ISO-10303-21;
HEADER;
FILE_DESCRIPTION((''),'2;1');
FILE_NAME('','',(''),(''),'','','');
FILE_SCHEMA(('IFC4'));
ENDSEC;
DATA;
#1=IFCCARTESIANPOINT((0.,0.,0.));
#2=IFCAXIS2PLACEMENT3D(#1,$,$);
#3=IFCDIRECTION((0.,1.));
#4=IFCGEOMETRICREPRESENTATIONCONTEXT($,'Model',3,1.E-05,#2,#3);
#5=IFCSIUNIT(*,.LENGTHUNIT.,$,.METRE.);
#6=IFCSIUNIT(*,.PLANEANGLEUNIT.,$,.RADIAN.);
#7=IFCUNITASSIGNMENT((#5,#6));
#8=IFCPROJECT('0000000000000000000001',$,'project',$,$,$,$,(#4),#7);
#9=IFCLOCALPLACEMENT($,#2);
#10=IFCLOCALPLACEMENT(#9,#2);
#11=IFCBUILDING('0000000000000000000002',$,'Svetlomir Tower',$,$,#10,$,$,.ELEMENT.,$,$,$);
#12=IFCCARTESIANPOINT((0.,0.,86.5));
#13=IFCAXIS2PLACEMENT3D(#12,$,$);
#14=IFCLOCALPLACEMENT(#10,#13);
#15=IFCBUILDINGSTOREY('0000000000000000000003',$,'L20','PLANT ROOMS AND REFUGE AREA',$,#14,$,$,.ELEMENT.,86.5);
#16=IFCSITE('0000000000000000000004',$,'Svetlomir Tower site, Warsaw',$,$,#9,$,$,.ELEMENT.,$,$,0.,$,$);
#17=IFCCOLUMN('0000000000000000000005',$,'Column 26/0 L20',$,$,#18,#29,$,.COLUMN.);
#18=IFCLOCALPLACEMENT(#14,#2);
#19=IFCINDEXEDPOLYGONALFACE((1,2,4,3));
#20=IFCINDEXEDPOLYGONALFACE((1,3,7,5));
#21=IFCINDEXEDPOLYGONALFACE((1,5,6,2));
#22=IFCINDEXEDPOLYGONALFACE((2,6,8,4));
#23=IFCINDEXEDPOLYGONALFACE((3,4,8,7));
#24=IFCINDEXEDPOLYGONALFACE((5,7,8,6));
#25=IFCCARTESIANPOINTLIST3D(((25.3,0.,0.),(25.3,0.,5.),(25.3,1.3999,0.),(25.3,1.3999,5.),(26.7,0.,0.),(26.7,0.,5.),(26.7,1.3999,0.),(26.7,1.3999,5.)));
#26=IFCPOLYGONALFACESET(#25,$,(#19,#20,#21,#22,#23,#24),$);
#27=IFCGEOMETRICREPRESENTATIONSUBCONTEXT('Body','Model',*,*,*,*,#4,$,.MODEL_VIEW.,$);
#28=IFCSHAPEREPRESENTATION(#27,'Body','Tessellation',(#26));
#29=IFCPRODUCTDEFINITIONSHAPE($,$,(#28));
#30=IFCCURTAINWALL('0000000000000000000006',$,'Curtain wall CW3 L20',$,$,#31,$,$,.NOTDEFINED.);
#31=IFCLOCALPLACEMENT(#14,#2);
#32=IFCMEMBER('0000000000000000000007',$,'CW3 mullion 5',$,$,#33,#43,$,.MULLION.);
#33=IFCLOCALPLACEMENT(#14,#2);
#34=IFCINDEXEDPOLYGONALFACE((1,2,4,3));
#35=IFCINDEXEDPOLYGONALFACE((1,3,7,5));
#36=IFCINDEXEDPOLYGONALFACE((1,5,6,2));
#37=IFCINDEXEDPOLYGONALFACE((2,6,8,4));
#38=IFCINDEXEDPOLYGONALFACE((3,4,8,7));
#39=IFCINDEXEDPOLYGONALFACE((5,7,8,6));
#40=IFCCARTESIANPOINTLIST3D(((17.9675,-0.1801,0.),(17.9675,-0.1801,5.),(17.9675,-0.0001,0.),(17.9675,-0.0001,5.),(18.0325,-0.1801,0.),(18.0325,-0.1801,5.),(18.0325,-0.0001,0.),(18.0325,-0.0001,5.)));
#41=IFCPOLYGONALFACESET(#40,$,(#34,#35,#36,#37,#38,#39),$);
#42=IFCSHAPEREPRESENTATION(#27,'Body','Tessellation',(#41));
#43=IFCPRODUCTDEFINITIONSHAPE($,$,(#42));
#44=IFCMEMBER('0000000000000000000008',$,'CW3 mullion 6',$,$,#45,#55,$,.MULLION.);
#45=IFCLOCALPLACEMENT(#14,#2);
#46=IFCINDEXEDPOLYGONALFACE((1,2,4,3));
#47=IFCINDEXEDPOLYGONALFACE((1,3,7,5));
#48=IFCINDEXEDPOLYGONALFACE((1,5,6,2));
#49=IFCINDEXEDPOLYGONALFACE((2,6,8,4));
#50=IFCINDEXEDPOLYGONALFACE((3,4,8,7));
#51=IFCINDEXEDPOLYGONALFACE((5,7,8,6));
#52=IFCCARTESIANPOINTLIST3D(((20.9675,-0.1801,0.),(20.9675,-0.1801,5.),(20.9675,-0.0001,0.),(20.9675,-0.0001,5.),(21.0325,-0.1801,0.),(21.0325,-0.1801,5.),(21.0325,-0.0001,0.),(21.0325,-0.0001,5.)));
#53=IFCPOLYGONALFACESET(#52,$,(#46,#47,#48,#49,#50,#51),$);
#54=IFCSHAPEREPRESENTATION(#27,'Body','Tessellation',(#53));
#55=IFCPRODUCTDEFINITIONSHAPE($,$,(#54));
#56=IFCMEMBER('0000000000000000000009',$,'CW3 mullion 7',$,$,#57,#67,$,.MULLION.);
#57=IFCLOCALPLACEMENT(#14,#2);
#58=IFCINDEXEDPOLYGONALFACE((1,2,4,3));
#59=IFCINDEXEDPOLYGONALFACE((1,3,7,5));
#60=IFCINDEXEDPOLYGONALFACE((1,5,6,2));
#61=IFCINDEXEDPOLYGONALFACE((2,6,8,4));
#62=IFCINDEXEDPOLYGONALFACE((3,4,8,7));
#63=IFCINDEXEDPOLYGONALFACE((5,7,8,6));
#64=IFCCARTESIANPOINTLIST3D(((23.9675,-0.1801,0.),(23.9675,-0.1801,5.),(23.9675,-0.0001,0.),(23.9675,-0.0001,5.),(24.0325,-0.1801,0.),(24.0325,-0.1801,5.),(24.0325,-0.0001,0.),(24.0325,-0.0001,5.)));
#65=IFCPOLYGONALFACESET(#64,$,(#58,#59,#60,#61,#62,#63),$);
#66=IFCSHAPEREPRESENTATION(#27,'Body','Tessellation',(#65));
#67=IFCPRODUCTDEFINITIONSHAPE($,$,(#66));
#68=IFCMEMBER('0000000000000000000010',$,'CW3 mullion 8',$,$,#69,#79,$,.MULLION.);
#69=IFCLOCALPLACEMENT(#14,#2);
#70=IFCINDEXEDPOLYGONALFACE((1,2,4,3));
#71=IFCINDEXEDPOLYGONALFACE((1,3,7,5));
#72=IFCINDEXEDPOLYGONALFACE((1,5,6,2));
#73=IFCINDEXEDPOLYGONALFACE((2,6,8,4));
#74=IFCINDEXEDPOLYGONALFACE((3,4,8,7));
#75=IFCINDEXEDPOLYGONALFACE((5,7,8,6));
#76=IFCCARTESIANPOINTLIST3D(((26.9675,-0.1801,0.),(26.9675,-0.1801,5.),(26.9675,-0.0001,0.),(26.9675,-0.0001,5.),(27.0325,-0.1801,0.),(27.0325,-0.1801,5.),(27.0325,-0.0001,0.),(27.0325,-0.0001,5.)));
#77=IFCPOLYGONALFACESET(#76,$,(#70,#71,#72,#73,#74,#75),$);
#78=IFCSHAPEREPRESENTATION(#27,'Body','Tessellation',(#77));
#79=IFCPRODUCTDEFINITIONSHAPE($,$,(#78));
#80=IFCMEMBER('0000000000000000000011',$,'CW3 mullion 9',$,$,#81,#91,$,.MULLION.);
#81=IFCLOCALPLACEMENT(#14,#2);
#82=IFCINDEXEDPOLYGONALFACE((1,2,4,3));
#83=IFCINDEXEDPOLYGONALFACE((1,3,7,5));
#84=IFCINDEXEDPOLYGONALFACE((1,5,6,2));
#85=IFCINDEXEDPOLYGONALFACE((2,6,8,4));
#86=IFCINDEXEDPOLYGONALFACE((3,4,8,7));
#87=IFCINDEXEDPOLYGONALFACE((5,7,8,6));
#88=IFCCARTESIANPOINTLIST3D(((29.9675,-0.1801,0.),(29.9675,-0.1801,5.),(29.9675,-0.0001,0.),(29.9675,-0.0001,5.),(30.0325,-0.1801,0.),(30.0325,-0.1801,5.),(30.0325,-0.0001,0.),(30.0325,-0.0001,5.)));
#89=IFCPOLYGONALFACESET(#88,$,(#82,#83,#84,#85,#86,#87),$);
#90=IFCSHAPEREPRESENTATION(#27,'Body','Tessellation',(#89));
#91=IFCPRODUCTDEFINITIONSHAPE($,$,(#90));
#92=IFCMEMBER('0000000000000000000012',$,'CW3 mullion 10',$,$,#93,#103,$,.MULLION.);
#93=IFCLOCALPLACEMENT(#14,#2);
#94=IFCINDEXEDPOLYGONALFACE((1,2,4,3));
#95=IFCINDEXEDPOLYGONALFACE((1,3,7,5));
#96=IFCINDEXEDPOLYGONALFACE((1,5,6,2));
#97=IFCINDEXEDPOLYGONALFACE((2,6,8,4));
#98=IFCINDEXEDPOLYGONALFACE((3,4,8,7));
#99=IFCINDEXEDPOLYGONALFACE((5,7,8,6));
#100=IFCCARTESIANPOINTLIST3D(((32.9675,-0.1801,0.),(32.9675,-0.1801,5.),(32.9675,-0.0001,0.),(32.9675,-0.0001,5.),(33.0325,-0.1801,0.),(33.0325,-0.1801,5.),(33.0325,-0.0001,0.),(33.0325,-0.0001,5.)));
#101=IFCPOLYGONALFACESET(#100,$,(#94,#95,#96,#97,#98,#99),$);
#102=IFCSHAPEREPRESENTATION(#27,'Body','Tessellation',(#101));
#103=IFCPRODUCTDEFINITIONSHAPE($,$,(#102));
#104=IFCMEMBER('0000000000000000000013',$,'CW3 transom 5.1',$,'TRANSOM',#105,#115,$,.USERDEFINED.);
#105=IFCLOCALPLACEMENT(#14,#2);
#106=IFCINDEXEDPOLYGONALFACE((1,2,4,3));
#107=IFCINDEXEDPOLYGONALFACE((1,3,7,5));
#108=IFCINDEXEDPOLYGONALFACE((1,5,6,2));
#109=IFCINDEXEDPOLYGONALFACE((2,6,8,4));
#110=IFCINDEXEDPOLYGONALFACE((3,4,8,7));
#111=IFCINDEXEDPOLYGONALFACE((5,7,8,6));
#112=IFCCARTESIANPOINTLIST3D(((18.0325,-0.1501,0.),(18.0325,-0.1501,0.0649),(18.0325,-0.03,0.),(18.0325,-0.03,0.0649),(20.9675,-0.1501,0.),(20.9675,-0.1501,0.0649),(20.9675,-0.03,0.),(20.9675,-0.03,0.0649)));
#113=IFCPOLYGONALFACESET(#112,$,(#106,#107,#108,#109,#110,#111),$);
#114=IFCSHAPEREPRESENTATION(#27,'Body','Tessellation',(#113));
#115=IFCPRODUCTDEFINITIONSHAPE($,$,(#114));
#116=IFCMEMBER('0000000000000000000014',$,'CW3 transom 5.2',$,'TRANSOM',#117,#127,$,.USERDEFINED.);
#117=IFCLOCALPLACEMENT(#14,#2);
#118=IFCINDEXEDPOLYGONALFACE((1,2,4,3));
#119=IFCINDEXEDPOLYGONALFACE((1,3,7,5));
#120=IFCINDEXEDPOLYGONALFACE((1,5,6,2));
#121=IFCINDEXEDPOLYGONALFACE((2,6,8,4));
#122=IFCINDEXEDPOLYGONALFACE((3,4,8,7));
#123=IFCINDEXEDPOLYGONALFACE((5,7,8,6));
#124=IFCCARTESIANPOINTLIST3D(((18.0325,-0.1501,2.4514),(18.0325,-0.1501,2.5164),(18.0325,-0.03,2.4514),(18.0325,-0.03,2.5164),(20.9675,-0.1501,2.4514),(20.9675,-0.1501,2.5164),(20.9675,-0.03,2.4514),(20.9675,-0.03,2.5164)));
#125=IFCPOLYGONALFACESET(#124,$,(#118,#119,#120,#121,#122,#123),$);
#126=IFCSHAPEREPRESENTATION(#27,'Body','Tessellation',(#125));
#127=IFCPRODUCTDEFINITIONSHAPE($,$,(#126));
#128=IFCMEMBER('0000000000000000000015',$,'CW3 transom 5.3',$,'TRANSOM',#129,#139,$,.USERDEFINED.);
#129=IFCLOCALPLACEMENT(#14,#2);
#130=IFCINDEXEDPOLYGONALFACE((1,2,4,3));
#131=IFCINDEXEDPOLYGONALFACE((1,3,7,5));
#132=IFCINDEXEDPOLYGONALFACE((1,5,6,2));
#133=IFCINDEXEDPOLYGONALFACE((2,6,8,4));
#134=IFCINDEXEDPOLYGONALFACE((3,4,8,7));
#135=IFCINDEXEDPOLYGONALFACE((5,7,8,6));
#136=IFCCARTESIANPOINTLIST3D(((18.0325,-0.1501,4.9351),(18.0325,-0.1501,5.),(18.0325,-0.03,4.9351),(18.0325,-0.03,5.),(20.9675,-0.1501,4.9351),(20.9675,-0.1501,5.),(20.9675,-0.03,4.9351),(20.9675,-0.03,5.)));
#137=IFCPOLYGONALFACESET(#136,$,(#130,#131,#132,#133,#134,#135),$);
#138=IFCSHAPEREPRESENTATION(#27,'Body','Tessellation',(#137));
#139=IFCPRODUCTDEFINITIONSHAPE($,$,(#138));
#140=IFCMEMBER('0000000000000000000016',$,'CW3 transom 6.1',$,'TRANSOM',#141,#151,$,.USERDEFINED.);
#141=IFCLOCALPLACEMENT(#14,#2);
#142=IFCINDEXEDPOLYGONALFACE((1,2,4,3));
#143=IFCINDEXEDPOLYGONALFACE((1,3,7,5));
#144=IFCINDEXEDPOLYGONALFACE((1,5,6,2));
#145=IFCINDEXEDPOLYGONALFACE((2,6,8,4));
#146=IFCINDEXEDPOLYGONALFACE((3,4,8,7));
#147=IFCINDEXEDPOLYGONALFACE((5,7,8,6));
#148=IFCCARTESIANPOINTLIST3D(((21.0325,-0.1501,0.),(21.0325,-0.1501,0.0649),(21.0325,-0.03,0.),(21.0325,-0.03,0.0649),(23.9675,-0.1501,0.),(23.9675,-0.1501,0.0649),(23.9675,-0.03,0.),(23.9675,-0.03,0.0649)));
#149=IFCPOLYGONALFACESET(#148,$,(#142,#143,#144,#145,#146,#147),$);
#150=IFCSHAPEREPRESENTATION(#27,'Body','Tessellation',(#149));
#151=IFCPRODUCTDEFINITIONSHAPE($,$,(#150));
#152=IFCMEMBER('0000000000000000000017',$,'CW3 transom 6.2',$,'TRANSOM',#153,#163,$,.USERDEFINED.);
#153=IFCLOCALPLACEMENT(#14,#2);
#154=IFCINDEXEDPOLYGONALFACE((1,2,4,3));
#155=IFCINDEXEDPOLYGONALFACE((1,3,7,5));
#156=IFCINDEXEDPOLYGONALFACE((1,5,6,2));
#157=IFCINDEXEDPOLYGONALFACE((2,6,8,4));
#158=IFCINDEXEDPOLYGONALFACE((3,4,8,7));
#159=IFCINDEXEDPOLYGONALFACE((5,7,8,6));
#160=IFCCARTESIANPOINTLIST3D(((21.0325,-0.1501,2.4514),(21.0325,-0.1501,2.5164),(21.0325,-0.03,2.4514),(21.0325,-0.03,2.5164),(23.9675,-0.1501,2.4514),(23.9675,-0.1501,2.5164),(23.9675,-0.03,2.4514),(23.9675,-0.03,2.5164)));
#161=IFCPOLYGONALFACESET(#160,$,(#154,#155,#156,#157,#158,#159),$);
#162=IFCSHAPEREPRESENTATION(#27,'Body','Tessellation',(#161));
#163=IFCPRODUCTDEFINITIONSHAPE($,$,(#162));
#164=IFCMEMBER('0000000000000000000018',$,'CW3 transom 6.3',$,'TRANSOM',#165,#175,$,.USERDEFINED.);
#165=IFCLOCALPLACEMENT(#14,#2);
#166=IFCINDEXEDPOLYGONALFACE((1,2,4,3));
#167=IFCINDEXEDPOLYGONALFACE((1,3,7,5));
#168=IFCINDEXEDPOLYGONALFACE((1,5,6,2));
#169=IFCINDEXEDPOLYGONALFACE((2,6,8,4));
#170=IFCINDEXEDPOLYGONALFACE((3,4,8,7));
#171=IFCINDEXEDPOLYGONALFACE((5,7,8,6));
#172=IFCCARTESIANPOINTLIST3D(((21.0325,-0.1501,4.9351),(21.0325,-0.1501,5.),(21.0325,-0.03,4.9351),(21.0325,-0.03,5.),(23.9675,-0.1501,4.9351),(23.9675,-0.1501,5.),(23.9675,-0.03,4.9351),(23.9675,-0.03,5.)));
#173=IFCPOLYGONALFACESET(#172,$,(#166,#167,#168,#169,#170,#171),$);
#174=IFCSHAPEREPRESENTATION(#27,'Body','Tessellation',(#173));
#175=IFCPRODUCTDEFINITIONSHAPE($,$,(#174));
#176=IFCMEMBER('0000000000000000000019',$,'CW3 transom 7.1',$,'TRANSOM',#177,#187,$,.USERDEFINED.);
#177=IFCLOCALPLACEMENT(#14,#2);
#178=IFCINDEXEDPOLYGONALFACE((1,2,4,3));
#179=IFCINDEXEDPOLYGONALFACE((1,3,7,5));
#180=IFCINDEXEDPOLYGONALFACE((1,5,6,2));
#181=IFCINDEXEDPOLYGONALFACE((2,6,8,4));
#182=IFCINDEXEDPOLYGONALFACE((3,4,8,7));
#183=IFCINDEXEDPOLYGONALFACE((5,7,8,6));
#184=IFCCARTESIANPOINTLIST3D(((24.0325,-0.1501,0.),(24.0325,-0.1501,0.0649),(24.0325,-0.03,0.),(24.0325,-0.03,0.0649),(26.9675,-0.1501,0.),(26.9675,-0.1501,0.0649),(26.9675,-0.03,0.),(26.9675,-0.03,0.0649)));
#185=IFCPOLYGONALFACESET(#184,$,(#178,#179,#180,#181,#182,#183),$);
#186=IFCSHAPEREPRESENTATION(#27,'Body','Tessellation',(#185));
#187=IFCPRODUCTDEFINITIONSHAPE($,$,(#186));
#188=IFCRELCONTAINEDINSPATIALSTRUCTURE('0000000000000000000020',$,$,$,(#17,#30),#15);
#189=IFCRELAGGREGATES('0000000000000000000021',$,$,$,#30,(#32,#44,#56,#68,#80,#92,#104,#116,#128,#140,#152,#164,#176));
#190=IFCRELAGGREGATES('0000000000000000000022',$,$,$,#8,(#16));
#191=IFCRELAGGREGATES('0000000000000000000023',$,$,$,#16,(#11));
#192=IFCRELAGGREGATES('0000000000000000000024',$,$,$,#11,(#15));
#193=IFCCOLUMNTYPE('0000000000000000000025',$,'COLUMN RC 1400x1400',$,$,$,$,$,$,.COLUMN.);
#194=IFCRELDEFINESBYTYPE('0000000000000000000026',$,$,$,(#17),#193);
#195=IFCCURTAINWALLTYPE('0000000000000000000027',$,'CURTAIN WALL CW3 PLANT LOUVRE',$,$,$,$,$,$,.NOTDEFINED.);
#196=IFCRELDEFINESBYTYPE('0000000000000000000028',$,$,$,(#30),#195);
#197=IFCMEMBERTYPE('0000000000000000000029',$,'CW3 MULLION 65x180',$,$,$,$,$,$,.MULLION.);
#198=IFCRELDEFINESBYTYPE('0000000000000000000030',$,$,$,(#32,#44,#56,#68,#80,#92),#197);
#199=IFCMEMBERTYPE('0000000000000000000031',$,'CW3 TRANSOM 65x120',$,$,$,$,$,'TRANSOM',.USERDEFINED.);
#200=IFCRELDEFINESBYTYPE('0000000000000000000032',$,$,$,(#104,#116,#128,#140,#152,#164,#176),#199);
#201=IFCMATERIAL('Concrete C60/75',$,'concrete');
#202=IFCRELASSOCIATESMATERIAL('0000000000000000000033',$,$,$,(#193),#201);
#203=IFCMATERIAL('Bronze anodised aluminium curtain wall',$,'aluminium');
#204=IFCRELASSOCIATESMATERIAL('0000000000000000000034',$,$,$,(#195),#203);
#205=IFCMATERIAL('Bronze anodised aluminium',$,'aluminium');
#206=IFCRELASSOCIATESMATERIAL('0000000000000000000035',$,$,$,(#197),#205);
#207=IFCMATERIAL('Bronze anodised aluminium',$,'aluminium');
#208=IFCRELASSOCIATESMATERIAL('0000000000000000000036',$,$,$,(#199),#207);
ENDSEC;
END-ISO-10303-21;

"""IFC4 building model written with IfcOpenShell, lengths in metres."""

from ifc_helpers import new_model, si_unit, direction, frame, origin, origin_2d, place, context, subcontext, project, spatial, rectangle, extrude, material, material_profile, profile_set, type_object, element, aggregate, save


model = new_model("IFC4")

# Units and contexts
model_context = context("Model", 3, precision=1e-05, world=origin(), true_north=direction((0.0, 1.0)))
body_context = subcontext(model_context, "Body", "Model", "MODEL_VIEW")
ifc_project = project(units=[si_unit("LENGTHUNIT", "METRE"), si_unit("PLANEANGLEUNIT", "RADIAN")], contexts=[model_context])

# Site, building, storey
site_placement = place(None, origin())
site = spatial("IfcSite", under=ifc_project, at=site_placement, Name="Svetlomir Tower site, Warsaw", CompositionType="ELEMENT", RefElevation=0.0)
building_placement = place(site_placement, origin())
building = spatial("IfcBuilding", under=site, at=building_placement, Name="Svetlomir Tower", CompositionType="ELEMENT")
storey_placement = place(building_placement, frame((0.0, 0.0, 86.5)))
storey = spatial("IfcBuildingStorey", under=building, at=storey_placement, Name="L20", Description="PLANT ROOMS AND REFUGE AREA", CompositionType="ELEMENT", Elevation=86.5)

# Column
ifc_material_1 = material(Name="Concrete C60/75", Category="concrete")
ifc_material_profile_1 = material_profile(ifc_material_1, rectangle(XDim=1.3999, YDim=1.3999, at=origin_2d()), Name="RC 1400x1400")
ifc_profile_set_1 = profile_set([ifc_material_profile_1], Name="Concrete C60/75")
column_type = type_object("IfcColumnType", Name="COLUMN RC 1400x1400", PredefinedType="COLUMN", material=ifc_profile_set_1)
column_placement = place(storey_placement, frame((26.0, 0.7, 0.0), z_axis=(0.0, 0.0, 1.0), x_axis=(1.0, 0.0, 0.0)))
element("IfcColumn", 1, at=column_placement, inside=storey, type_object=column_type, Name="Column 26/0 L20", PredefinedType="COLUMN", context=body_context, shape_type="SweptSolid", body=[
    extrude(rectangle(XDim=1.3999, YDim=1.3999, at=origin_2d()), origin(), (0.0, 0.0, 1.0), 5.0),
])

# Curtain wall, members
ifc_material_2 = material(Name="Bronze anodised aluminium curtain wall", Category="aluminium")
curtain_wall_type = type_object("IfcCurtainWallType", Name="CURTAIN WALL CW3 PLANT LOUVRE", PredefinedType="NOTDEFINED", material=ifc_material_2)
curtain_wall_placement = place(storey_placement, origin())
curtain_wall = element("IfcCurtainWall", 2, at=curtain_wall_placement, inside=storey, type_object=curtain_wall_type, Name="Curtain wall CW3 L20", PredefinedType="NOTDEFINED")
ifc_material_3 = material(Name="Bronze anodised aluminium", Category="aluminium")
ifc_material_profile_2 = material_profile(ifc_material_3, rectangle(XDim=0.0649, YDim=0.1799, at=origin_2d()), Name="AL 65x180")
ifc_profile_set_2 = profile_set([ifc_material_profile_2], Name="Bronze anodised aluminium 6063-T6")
member_type_1 = type_object("IfcMemberType", Name="CW3 MULLION 65x180", PredefinedType="MULLION", material=ifc_profile_set_2)
member_1_placement = place(storey_placement, frame((18.0, -0.0901, 0.0), z_axis=(0.0, 0.0, 1.0), x_axis=(1.0, 0.0, 0.0)))
member_1 = element("IfcMember", 3, at=member_1_placement, type_object=member_type_1, Name="CW3 mullion 5", PredefinedType="MULLION", context=body_context, shape_type="SweptSolid", body=[
    extrude(rectangle(XDim=0.0649, YDim=0.1799, at=origin_2d()), origin(), (0.0, 0.0, 1.0), 5.0),
])
member_2_placement = place(storey_placement, frame((21.0, -0.0901, 0.0), z_axis=(0.0, 0.0, 1.0), x_axis=(1.0, 0.0, 0.0)))
member_2 = element("IfcMember", 4, at=member_2_placement, type_object=member_type_1, Name="CW3 mullion 6", PredefinedType="MULLION", context=body_context, shape_type="SweptSolid", body=[
    extrude(rectangle(XDim=0.0649, YDim=0.1799, at=origin_2d()), origin(), (0.0, 0.0, 1.0), 5.0),
])
member_3_placement = place(storey_placement, frame((24.0, -0.0901, 0.0), z_axis=(0.0, 0.0, 1.0), x_axis=(1.0, 0.0, 0.0)))
member_3 = element("IfcMember", 5, at=member_3_placement, type_object=member_type_1, Name="CW3 mullion 7", PredefinedType="MULLION", context=body_context, shape_type="SweptSolid", body=[
    extrude(rectangle(XDim=0.0649, YDim=0.1799, at=origin_2d()), origin(), (0.0, 0.0, 1.0), 5.0),
])
member_4_placement = place(storey_placement, frame((27.0, -0.0901, 0.0), z_axis=(0.0, 0.0, 1.0), x_axis=(1.0, 0.0, 0.0)))
member_4 = element("IfcMember", 6, at=member_4_placement, type_object=member_type_1, Name="CW3 mullion 8", PredefinedType="MULLION", context=body_context, shape_type="SweptSolid", body=[
    extrude(rectangle(XDim=0.0649, YDim=0.1799, at=origin_2d()), origin(), (0.0, 0.0, 1.0), 5.0),
])
member_5_placement = place(storey_placement, frame((30.0, -0.0901, 0.0), z_axis=(0.0, 0.0, 1.0), x_axis=(1.0, 0.0, 0.0)))
member_5 = element("IfcMember", 7, at=member_5_placement, type_object=member_type_1, Name="CW3 mullion 9", PredefinedType="MULLION", context=body_context, shape_type="SweptSolid", body=[
    extrude(rectangle(XDim=0.0649, YDim=0.1799, at=origin_2d()), origin(), (0.0, 0.0, 1.0), 5.0),
])
member_6_placement = place(storey_placement, frame((33.0, -0.0901, 0.0), z_axis=(0.0, 0.0, 1.0), x_axis=(1.0, 0.0, 0.0)))
member_6 = element("IfcMember", 8, at=member_6_placement, type_object=member_type_1, Name="CW3 mullion 10", PredefinedType="MULLION", context=body_context, shape_type="SweptSolid", body=[
    extrude(rectangle(XDim=0.0649, YDim=0.1799, at=origin_2d()), origin(), (0.0, 0.0, 1.0), 5.0),
])
ifc_material_4 = material(Name="Bronze anodised aluminium", Category="aluminium")
ifc_material_profile_3 = material_profile(ifc_material_4, rectangle(XDim=0.1201, YDim=0.0649, at=origin_2d()), Name="AL 120x65")
ifc_profile_set_3 = profile_set([ifc_material_profile_3], Name="Bronze anodised aluminium 6063-T6")
member_type_2 = type_object("IfcMemberType", Name="CW3 TRANSOM 65x120", ElementType="TRANSOM", PredefinedType="USERDEFINED", material=ifc_profile_set_3)
member_7_placement = place(storey_placement, frame((18.0325, -0.0901, 0.0325), z_axis=(1.0, 0.0, 0.0), x_axis=(0.0, 1.0, 0.0)))
member_7 = element("IfcMember", 9, at=member_7_placement, type_object=member_type_2, Name="CW3 transom 5.1", ObjectType="TRANSOM", PredefinedType="USERDEFINED", context=body_context, shape_type="SweptSolid", body=[
    extrude(rectangle(XDim=0.1201, YDim=0.0649, at=origin_2d()), origin(), (0.0, 0.0, 1.0), 2.9351),
])
member_8_placement = place(storey_placement, frame((18.0325, -0.0901, 2.4839), z_axis=(1.0, 0.0, 0.0), x_axis=(0.0, 1.0, 0.0)))
member_8 = element("IfcMember", 10, at=member_8_placement, type_object=member_type_2, Name="CW3 transom 5.2", ObjectType="TRANSOM", PredefinedType="USERDEFINED", context=body_context, shape_type="SweptSolid", body=[
    extrude(rectangle(XDim=0.1201, YDim=0.0649, at=origin_2d()), origin(), (0.0, 0.0, 1.0), 2.9351),
])
member_9_placement = place(storey_placement, frame((18.0325, -0.0901, 4.9675), z_axis=(1.0, 0.0, 0.0), x_axis=(0.0, 1.0, 0.0)))
member_9 = element("IfcMember", 11, at=member_9_placement, type_object=member_type_2, Name="CW3 transom 5.3", ObjectType="TRANSOM", PredefinedType="USERDEFINED", context=body_context, shape_type="SweptSolid", body=[
    extrude(rectangle(XDim=0.1201, YDim=0.0649, at=origin_2d()), origin(), (0.0, 0.0, 1.0), 2.9351),
])
member_10_placement = place(storey_placement, frame((21.0325, -0.0901, 0.0325), z_axis=(1.0, 0.0, 0.0), x_axis=(0.0, 1.0, 0.0)))
member_10 = element("IfcMember", 12, at=member_10_placement, type_object=member_type_2, Name="CW3 transom 6.1", ObjectType="TRANSOM", PredefinedType="USERDEFINED", context=body_context, shape_type="SweptSolid", body=[
    extrude(rectangle(XDim=0.1201, YDim=0.0649, at=origin_2d()), origin(), (0.0, 0.0, 1.0), 2.9351),
])
member_11_placement = place(storey_placement, frame((21.0325, -0.0901, 2.4839), z_axis=(1.0, 0.0, 0.0), x_axis=(0.0, 1.0, 0.0)))
member_11 = element("IfcMember", 13, at=member_11_placement, type_object=member_type_2, Name="CW3 transom 6.2", ObjectType="TRANSOM", PredefinedType="USERDEFINED", context=body_context, shape_type="SweptSolid", body=[
    extrude(rectangle(XDim=0.1201, YDim=0.0649, at=origin_2d()), origin(), (0.0, 0.0, 1.0), 2.9351),
])
member_12_placement = place(storey_placement, frame((21.0325, -0.0901, 4.9675), z_axis=(1.0, 0.0, 0.0), x_axis=(0.0, 1.0, 0.0)))
member_12 = element("IfcMember", 14, at=member_12_placement, type_object=member_type_2, Name="CW3 transom 6.3", ObjectType="TRANSOM", PredefinedType="USERDEFINED", context=body_context, shape_type="SweptSolid", body=[
    extrude(rectangle(XDim=0.1201, YDim=0.0649, at=origin_2d()), origin(), (0.0, 0.0, 1.0), 2.9351),
])
member_13_placement = place(storey_placement, frame((24.0325, -0.0901, 0.0325), z_axis=(1.0, 0.0, 0.0), x_axis=(0.0, 1.0, 0.0)))
member_13 = element("IfcMember", 15, at=member_13_placement, type_object=member_type_2, Name="CW3 transom 7.1", ObjectType="TRANSOM", PredefinedType="USERDEFINED", context=body_context, shape_type="SweptSolid", body=[
    extrude(rectangle(XDim=0.1201, YDim=0.0649, at=origin_2d()), origin(), (0.0, 0.0, 1.0), 2.9351),
])
aggregate(curtain_wall, [member_1, member_2, member_3, member_4, member_5, member_6, member_7, member_8, member_9, member_10, member_11, member_12, member_13])

save(model, "model.ifc")
